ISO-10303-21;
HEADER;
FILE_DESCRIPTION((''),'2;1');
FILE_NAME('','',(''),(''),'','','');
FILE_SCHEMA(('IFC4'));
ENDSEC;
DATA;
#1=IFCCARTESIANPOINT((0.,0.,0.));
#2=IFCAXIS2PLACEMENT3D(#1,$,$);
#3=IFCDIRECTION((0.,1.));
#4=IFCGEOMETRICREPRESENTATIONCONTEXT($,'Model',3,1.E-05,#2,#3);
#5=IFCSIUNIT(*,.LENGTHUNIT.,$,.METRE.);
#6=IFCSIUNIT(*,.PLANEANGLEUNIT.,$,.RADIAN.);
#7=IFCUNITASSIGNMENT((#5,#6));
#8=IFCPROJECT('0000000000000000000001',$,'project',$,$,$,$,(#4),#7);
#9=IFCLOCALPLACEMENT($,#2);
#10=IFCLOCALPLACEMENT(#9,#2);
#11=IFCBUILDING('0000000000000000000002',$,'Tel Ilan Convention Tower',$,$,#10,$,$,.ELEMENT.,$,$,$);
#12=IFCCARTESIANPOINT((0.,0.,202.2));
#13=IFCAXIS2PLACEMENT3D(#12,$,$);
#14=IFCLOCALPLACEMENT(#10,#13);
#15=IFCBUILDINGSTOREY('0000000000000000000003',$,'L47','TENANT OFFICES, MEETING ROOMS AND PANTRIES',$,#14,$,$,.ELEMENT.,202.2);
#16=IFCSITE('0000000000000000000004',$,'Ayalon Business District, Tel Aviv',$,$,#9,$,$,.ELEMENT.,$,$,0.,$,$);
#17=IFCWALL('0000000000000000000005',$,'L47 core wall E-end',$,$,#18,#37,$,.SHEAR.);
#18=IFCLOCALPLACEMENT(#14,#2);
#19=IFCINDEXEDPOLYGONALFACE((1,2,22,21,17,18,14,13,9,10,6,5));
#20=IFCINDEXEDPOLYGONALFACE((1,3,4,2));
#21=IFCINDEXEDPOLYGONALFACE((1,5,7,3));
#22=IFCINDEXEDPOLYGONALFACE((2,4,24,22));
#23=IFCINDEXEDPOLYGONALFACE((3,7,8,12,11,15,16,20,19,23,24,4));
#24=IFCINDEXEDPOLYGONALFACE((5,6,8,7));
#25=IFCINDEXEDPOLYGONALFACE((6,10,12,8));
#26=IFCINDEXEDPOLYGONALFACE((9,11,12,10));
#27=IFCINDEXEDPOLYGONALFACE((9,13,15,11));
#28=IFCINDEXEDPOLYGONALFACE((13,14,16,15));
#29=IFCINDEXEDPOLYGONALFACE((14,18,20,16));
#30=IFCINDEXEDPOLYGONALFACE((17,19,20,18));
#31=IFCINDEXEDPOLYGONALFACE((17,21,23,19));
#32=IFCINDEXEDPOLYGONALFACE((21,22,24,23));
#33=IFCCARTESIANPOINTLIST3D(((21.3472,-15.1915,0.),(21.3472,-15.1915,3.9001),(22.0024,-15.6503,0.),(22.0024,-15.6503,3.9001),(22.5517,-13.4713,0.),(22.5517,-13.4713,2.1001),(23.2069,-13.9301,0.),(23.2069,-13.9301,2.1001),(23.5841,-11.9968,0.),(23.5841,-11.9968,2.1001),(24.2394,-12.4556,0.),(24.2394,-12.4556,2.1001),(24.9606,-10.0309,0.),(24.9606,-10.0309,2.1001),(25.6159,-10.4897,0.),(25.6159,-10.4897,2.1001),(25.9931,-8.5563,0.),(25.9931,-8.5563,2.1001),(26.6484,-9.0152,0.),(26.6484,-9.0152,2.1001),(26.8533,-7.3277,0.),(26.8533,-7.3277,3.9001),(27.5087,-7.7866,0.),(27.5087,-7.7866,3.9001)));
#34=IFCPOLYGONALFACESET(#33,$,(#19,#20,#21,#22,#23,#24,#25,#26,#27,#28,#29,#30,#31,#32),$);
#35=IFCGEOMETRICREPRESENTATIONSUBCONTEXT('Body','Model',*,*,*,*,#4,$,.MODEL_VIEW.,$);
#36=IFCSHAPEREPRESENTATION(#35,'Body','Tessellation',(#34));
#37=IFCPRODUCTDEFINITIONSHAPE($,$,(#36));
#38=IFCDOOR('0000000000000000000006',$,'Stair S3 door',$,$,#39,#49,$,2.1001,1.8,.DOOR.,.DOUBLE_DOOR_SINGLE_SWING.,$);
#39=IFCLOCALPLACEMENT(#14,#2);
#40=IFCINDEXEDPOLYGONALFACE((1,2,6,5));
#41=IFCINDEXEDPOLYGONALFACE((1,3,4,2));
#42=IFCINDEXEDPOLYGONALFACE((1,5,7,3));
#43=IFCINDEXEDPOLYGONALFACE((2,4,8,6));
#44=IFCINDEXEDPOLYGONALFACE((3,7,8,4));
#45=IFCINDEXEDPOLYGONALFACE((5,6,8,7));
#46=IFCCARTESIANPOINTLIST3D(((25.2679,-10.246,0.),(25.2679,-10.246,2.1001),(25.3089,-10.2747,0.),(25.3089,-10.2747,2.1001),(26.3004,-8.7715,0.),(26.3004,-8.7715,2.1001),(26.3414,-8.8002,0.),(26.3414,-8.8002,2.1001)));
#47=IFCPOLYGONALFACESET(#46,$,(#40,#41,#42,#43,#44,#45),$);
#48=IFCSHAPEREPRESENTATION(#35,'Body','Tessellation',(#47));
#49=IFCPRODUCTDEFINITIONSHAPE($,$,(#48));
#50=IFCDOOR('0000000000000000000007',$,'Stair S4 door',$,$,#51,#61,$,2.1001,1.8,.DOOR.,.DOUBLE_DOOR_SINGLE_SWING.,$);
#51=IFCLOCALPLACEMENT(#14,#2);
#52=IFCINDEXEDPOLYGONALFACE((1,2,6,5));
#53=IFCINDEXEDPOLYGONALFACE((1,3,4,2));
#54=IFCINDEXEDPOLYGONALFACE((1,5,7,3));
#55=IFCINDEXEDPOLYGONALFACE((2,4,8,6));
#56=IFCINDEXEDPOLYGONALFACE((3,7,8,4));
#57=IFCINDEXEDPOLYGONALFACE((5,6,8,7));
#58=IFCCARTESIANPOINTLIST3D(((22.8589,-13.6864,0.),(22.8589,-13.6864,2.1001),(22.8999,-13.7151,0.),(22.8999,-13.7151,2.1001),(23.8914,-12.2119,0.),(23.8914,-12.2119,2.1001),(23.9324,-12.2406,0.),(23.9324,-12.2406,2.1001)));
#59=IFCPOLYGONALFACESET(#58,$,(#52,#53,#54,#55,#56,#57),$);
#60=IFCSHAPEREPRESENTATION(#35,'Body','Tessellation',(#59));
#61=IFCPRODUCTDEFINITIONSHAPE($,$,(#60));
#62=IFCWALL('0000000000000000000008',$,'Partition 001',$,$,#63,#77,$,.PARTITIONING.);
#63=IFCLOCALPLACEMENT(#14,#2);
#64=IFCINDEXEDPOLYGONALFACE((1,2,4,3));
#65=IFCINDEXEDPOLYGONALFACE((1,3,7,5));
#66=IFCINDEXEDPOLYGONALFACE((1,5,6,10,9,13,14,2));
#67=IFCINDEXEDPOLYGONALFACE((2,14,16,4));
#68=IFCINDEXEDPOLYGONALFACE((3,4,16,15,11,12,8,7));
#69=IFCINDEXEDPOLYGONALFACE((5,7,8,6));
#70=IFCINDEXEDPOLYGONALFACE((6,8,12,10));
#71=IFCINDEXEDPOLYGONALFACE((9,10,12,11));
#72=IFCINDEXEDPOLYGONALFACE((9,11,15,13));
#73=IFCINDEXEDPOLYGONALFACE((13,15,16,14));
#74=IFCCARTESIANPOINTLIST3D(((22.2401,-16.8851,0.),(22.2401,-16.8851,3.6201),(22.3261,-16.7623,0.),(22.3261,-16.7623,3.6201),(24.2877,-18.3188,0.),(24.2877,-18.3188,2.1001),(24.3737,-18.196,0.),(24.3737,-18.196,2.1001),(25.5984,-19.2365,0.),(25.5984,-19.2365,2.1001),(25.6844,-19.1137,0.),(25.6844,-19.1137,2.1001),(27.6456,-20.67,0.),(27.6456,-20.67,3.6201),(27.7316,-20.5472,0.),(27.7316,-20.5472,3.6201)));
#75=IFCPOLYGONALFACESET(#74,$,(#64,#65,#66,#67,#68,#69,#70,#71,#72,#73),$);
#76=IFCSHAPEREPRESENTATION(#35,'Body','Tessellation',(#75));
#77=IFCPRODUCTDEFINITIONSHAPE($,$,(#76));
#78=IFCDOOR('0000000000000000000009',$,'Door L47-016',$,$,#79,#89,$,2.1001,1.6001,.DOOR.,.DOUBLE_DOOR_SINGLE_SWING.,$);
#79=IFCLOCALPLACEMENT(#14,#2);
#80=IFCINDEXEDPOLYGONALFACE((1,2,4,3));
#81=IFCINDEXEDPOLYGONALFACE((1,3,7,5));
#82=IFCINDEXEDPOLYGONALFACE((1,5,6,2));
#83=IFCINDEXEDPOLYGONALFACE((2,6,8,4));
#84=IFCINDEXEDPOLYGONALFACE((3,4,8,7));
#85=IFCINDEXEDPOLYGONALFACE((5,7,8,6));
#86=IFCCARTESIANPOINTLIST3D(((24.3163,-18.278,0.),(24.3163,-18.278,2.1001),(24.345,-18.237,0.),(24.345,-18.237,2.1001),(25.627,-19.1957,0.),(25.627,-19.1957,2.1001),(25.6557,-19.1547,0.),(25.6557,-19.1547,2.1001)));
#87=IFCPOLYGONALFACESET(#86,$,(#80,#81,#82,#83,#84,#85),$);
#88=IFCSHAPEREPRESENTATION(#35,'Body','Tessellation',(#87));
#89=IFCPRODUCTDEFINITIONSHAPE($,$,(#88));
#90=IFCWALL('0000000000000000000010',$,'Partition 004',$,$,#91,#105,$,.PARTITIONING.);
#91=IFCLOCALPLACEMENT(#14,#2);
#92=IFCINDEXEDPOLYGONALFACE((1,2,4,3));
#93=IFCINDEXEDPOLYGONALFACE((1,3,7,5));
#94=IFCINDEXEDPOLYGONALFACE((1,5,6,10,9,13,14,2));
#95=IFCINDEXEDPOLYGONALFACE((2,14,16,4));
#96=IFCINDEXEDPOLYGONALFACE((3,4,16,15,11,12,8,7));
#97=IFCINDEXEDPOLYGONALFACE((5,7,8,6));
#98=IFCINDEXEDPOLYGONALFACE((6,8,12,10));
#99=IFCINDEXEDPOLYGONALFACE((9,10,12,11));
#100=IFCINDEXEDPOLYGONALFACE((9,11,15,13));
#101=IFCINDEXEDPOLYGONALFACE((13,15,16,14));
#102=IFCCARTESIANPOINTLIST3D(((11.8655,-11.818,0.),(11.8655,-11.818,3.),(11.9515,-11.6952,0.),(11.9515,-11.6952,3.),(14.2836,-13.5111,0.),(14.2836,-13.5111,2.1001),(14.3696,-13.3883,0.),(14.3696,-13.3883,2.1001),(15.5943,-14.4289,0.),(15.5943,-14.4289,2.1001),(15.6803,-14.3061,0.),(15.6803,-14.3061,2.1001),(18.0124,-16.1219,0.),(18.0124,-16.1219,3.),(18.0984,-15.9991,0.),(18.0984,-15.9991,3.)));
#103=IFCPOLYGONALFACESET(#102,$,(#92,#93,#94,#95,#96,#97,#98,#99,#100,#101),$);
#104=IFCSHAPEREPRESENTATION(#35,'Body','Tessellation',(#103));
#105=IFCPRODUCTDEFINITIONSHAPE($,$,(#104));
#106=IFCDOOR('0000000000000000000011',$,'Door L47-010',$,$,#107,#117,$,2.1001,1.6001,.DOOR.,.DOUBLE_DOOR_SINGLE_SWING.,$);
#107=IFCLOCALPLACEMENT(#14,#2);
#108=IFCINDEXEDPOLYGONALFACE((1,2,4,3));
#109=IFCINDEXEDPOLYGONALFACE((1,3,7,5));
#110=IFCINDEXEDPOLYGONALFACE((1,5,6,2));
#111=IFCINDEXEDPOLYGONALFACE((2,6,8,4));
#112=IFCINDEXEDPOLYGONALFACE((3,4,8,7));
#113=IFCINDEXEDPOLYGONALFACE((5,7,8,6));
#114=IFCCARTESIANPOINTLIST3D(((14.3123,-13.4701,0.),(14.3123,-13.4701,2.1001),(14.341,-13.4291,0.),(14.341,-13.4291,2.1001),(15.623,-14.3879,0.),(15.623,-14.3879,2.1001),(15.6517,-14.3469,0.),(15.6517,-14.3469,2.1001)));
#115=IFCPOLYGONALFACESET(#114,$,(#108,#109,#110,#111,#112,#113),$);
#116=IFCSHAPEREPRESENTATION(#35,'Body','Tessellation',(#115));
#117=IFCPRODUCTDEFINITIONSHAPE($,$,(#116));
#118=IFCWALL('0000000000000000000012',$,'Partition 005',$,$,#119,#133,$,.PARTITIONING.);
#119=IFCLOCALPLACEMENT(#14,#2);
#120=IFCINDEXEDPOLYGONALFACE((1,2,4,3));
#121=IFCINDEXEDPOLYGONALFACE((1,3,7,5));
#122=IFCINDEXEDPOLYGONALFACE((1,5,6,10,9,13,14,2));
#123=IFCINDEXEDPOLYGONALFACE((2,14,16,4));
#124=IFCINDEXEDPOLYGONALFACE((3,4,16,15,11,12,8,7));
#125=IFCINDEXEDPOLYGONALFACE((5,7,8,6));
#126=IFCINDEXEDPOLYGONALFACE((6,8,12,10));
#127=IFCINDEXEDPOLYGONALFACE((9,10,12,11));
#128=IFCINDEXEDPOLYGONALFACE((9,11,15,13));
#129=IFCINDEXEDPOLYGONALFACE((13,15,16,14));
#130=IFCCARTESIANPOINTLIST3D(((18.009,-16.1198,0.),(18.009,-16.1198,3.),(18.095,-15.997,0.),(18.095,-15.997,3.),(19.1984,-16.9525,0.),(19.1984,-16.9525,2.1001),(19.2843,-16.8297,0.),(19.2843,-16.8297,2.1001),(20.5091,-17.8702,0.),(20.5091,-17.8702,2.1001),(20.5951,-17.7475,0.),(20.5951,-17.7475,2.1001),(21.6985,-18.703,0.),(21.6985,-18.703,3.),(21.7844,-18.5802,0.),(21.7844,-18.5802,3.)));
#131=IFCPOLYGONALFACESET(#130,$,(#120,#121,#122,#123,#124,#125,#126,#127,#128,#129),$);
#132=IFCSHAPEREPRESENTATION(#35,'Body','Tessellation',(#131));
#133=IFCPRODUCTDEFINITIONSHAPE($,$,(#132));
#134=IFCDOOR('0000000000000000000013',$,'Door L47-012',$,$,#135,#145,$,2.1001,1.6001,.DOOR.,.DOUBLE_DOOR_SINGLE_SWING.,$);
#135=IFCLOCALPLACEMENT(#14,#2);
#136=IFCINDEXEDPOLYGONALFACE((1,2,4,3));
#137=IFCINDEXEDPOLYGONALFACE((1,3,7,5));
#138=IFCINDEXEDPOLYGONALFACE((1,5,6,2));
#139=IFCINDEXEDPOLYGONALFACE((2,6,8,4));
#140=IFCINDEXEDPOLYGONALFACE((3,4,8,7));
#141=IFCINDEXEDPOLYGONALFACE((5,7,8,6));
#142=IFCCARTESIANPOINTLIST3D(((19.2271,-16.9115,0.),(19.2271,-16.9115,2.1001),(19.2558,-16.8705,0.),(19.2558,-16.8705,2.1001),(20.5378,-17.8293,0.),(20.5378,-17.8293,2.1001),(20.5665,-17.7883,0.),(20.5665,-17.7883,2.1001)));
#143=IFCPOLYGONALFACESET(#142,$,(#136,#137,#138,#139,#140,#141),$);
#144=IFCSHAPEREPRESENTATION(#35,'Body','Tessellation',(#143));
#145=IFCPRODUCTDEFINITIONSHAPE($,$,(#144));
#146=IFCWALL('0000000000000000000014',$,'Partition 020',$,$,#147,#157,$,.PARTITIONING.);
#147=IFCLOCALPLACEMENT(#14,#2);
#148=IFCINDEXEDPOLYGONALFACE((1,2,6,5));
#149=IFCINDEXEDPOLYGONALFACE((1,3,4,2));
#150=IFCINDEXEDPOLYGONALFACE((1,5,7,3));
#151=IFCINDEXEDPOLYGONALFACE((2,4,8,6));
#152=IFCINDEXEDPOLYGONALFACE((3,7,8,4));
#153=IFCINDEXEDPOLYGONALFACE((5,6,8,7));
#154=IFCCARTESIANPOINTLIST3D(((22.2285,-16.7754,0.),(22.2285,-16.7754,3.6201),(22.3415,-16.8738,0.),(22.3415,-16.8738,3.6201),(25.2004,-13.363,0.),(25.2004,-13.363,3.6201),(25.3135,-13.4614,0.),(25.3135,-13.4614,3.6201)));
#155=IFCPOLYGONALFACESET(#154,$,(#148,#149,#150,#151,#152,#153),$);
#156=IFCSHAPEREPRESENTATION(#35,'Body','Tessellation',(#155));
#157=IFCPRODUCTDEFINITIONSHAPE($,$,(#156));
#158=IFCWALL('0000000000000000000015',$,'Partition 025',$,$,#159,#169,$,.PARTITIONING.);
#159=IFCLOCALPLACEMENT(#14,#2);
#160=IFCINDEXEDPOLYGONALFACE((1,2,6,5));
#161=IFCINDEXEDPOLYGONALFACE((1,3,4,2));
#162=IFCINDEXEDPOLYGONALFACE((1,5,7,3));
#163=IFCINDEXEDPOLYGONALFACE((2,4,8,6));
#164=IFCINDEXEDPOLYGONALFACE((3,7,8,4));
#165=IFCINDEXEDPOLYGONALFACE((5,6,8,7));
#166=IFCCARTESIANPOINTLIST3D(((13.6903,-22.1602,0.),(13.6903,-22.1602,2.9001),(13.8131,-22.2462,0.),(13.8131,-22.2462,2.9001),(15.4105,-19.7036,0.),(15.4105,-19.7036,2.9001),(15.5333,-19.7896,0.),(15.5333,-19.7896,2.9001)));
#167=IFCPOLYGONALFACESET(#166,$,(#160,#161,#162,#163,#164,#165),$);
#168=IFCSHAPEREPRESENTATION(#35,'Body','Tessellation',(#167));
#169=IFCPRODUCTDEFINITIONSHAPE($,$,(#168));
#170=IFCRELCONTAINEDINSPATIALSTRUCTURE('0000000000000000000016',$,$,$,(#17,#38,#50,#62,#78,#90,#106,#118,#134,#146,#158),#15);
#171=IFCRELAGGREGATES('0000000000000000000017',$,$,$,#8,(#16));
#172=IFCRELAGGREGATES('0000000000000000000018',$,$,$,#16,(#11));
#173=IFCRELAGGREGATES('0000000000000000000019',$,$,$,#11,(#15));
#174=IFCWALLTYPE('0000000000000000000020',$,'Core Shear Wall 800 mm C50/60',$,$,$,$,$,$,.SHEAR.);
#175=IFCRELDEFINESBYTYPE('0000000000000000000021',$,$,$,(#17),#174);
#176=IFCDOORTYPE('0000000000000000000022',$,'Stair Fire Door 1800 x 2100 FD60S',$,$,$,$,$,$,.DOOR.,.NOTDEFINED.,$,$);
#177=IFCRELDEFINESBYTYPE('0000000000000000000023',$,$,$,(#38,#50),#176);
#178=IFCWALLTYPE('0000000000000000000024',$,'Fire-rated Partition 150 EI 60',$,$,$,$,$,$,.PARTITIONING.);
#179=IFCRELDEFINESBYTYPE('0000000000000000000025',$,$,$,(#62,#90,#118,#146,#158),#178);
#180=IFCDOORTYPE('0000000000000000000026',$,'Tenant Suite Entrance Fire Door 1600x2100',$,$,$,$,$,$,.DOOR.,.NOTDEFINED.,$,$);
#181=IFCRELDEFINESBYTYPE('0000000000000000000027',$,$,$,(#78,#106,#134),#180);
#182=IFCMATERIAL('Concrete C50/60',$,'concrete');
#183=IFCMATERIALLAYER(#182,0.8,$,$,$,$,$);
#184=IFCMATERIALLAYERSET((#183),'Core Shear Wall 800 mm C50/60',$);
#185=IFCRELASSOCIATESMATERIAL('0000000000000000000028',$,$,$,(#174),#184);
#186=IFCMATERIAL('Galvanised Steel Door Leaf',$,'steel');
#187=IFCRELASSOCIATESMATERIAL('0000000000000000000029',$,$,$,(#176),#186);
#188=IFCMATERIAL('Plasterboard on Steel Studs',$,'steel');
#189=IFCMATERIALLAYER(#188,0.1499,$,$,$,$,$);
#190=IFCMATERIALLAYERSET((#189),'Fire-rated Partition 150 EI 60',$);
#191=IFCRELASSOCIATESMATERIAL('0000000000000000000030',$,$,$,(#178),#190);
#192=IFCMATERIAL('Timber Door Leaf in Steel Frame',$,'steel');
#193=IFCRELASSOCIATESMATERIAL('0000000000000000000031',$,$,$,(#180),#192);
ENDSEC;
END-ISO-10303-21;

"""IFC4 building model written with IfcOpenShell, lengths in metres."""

from ifc_helpers import new_model, si_unit, direction, frame, frame_2d, origin, place, context, subcontext, project, spatial, polyline, rectangle, outline, extrude, material, layer, layer_set, type_object, element, fill, save


model = new_model("IFC4")

# Units and contexts
model_context = context("Model", 3, precision=1e-05, world=origin(), true_north=direction((0.0, 1.0)))
body_context = subcontext(model_context, "Body", "Model", "MODEL_VIEW")
ifc_project = project(units=[si_unit("LENGTHUNIT", "METRE"), si_unit("PLANEANGLEUNIT", "RADIAN")], contexts=[model_context])

# Site, building, storey
site_placement = place(None, origin())
site = spatial("IfcSite", under=ifc_project, at=site_placement, Name="Ayalon Business District, Tel Aviv", CompositionType="ELEMENT", RefElevation=0.0)
building_placement = place(site_placement, origin())
building = spatial("IfcBuilding", under=site, at=building_placement, Name="Tel Ilan Convention Tower", CompositionType="ELEMENT")
storey_placement = place(building_placement, frame((0.0, 0.0, 202.2)))
storey = spatial("IfcBuildingStorey", under=building, at=storey_placement, Name="L47", Description="TENANT OFFICES, MEETING ROOMS AND PANTRIES", CompositionType="ELEMENT", Elevation=202.2)

# Wall, openings, doors
ifc_material_1 = material(Name="Concrete C50/60", Category="concrete")
ifc_layer_1 = layer(ifc_material_1, 0.8)
ifc_layer_set_1 = layer_set([ifc_layer_1], Name="Core Shear Wall 800 mm C50/60")
wall_type_1 = type_object("IfcWallType", Name="Core Shear Wall 800 mm C50/60", PredefinedType="SHEAR", material=ifc_layer_set_1)
wall_1_placement = place(storey_placement, frame((21.6748, -15.4209, 0.0), z_axis=(0.0, 0.0, 1.0), x_axis=(0.573582, 0.819148, 0.0)))
wall_1 = element("IfcWall", 1, at=wall_1_placement, inside=storey, type_object=wall_type_1, Name="L47 core wall E-end", PredefinedType="SHEAR", context=body_context, shape_type="SweptSolid", body=[
    extrude(outline(polyline([(9.5999, 0.4001), (0.0, 0.3999), (0.0, -0.3999), (9.5999, -0.3999), (9.5999, 0.4001)])), origin(), (0.0, 0.0, 1.0), 3.9001),
])
opening_1_placement = place(wall_1_placement, frame((6.3, 0.0, 0.0)))
opening_1 = element("IfcOpeningElement", 2, at=opening_1_placement, cuts=wall_1, PredefinedType="OPENING", context=body_context, shape_type="SweptSolid", body=[
    extrude(rectangle(XDim=1.8, YDim=2.1001, at=frame_2d((0.8999, 1.05))), frame((0.0, 0.4099, 0.0), z_axis=(0.0, -1.0, 0.0), x_axis=(1.0, 0.0, 0.0)), (0.0, 0.0, 1.0), 0.8201),
])
opening_2_placement = place(wall_1_placement, frame((2.1001, 0.0, 0.0)))
opening_2 = element("IfcOpeningElement", 3, at=opening_2_placement, cuts=wall_1, PredefinedType="OPENING", context=body_context, shape_type="SweptSolid", body=[
    extrude(rectangle(XDim=1.8, YDim=2.1001, at=frame_2d((0.8999, 1.05))), frame((0.0, 0.4099, 0.0), z_axis=(0.0, -1.0, 0.0), x_axis=(1.0, 0.0, 0.0)), (0.0, 0.0, 1.0), 0.8201),
])
ifc_material_2 = material(Name="Galvanised Steel Door Leaf", Category="steel")
door_type_1 = type_object("IfcDoorType", Name="Stair Fire Door 1800 x 2100 FD60S", OperationType="NOTDEFINED", PredefinedType="DOOR", material=ifc_material_2)
door_1_placement = place(opening_1_placement, origin())
door_1 = element("IfcDoor", 4, at=door_1_placement, inside=storey, type_object=door_type_1, Name="Stair S3 door", OperationType="DOUBLE_DOOR_SINGLE_SWING", OverallHeight=2.1001, OverallWidth=1.8, PredefinedType="DOOR", context=body_context, shape_type="SweptSolid", body=[
    extrude(rectangle(XDim=1.8, YDim=2.1001, at=frame_2d((0.8999, 1.05))), frame((0.0, 0.0249, 0.0), z_axis=(0.0, -1.0, 0.0), x_axis=(1.0, 0.0, 0.0)), (0.0, 0.0, 1.0), 0.05),
])
fill(opening_1, door_1)
door_2_placement = place(opening_2_placement, origin())
door_2 = element("IfcDoor", 5, at=door_2_placement, inside=storey, type_object=door_type_1, Name="Stair S4 door", OperationType="DOUBLE_DOOR_SINGLE_SWING", OverallHeight=2.1001, OverallWidth=1.8, PredefinedType="DOOR", context=body_context, shape_type="SweptSolid", body=[
    extrude(rectangle(XDim=1.8, YDim=2.1001, at=frame_2d((0.8999, 1.05))), frame((0.0, 0.0249, 0.0), z_axis=(0.0, -1.0, 0.0), x_axis=(1.0, 0.0, 0.0)), (0.0, 0.0, 1.0), 0.05),
])
fill(opening_2, door_2)

# Walls, openings, doors
ifc_material_3 = material(Name="Plasterboard on Steel Studs", Category="steel")
ifc_layer_2 = layer(ifc_material_3, 0.1499)
ifc_layer_set_2 = layer_set([ifc_layer_2], Name="Fire-rated Partition 150 EI 60")
wall_type_2 = type_object("IfcWallType", Name="Fire-rated Partition 150 EI 60", PredefinedType="PARTITIONING", material=ifc_layer_set_2)
wall_2_placement = place(storey_placement, frame((22.2832, -16.8237, 0.0), z_axis=(0.0, 0.0, 1.0), x_axis=(0.819157, -0.573569, 0.0)))
wall_2 = element("IfcWall", 6, at=wall_2_placement, inside=storey, type_object=wall_type_2, Name="Partition 001", PredefinedType="PARTITIONING", context=body_context, shape_type="SweptSolid", body=[
    extrude(rectangle(XDim=6.5989, YDim=0.1499, at=frame_2d((3.2993, 0.0))), origin(), (0.0, 0.0, 1.0), 3.6201),
])
opening_3_placement = place(wall_2_placement, frame((2.4995, 0.0, 0.0)))
opening_3 = element("IfcOpeningElement", 7, at=opening_3_placement, cuts=wall_2, PredefinedType="OPENING", context=body_context, shape_type="SweptSolid", body=[
    extrude(rectangle(XDim=1.6001, YDim=2.1001, at=frame_2d((0.8, 1.05))), frame((0.0, 0.085, 0.0), z_axis=(0.0, -1.0, 0.0), x_axis=(1.0, 0.0, 0.0)), (0.0, 0.0, 1.0), 0.1699),
])
ifc_material_4 = material(Name="Timber Door Leaf in Steel Frame", Category="steel")
door_type_2 = type_object("IfcDoorType", Name="Tenant Suite Entrance Fire Door 1600x2100", OperationType="NOTDEFINED", PredefinedType="DOOR", material=ifc_material_4)
door_3_placement = place(opening_3_placement, origin())
door_3 = element("IfcDoor", 8, at=door_3_placement, inside=storey, type_object=door_type_2, Name="Door L47-016", OperationType="DOUBLE_DOOR_SINGLE_SWING", OverallHeight=2.1001, OverallWidth=1.6001, PredefinedType="DOOR", context=body_context, shape_type="SweptSolid", body=[
    extrude(rectangle(XDim=1.6001, YDim=2.1001, at=frame_2d((0.8, 1.05))), frame((0.0, 0.0249, 0.0), z_axis=(0.0, -1.0, 0.0), x_axis=(1.0, 0.0, 0.0)), (0.0, 0.0, 1.0), 0.05),
])
fill(opening_3, door_3)
wall_3_placement = place(storey_placement, frame((18.0554, -16.0605, 0.0), z_axis=(0.0, 0.0, 1.0), x_axis=(-0.819165, 0.573558, 0.0)))
wall_3 = element("IfcWall", 9, at=wall_3_placement, inside=storey, type_object=wall_type_2, Name="Partition 004", PredefinedType="PARTITIONING", context=body_context, shape_type="SweptSolid", body=[
    extrude(rectangle(XDim=7.5039, YDim=0.1499, at=frame_2d((3.752, 0.0))), origin(), (0.0, 0.0, 1.0), 3.0),
])
opening_4_placement = place(wall_3_placement, frame((2.9519, 0.0, 0.0)))
opening_4 = element("IfcOpeningElement", 10, at=opening_4_placement, cuts=wall_3, PredefinedType="OPENING", context=body_context, shape_type="SweptSolid", body=[
    extrude(rectangle(XDim=1.6001, YDim=2.1001, at=frame_2d((0.8, 1.05))), frame((0.0, 0.085, 0.0), z_axis=(0.0, -1.0, 0.0), x_axis=(1.0, 0.0, 0.0)), (0.0, 0.0, 1.0), 0.1699),
])
door_4_placement = place(opening_4_placement, origin())
door_4 = element("IfcDoor", 11, at=door_4_placement, inside=storey, type_object=door_type_2, Name="Door L47-010", OperationType="DOUBLE_DOOR_SINGLE_SWING", OverallHeight=2.1001, OverallWidth=1.6001, PredefinedType="DOOR", context=body_context, shape_type="SweptSolid", body=[
    extrude(rectangle(XDim=1.6001, YDim=2.1001, at=frame_2d((0.8, 1.05))), frame((0.0, 0.0249, 0.0), z_axis=(0.0, -1.0, 0.0), x_axis=(1.0, 0.0, 0.0)), (0.0, 0.0, 1.0), 0.05),
])
fill(opening_4, door_4)
wall_4_placement = place(storey_placement, frame((21.7415, -18.6416, 0.0), z_axis=(0.0, 0.0, 1.0), x_axis=(-0.819166, 0.573557, 0.0)))
wall_4 = element("IfcWall", 12, at=wall_4_placement, inside=storey, type_object=wall_type_2, Name="Partition 005", PredefinedType="PARTITIONING", context=body_context, shape_type="SweptSolid", body=[
    extrude(rectangle(XDim=4.5039, YDim=0.1499, at=frame_2d((2.252, 0.0))), origin(), (0.0, 0.0, 1.0), 3.0),
])
opening_5_placement = place(wall_4_placement, frame((1.4519, 0.0, 0.0)))
opening_5 = element("IfcOpeningElement", 13, at=opening_5_placement, cuts=wall_4, PredefinedType="OPENING", context=body_context, shape_type="SweptSolid", body=[
    extrude(rectangle(XDim=1.6001, YDim=2.1001, at=frame_2d((0.8, 1.05))), frame((0.0, 0.085, 0.0), z_axis=(0.0, -1.0, 0.0), x_axis=(1.0, 0.0, 0.0)), (0.0, 0.0, 1.0), 0.1699),
])
door_5_placement = place(opening_5_placement, origin())
door_5 = element("IfcDoor", 14, at=door_5_placement, inside=storey, type_object=door_type_2, Name="Door L47-012", OperationType="DOUBLE_DOOR_SINGLE_SWING", OverallHeight=2.1001, OverallWidth=1.6001, PredefinedType="DOOR", context=body_context, shape_type="SweptSolid", body=[
    extrude(rectangle(XDim=1.6001, YDim=2.1001, at=frame_2d((0.8, 1.05))), frame((0.0, 0.0249, 0.0), z_axis=(0.0, -1.0, 0.0), x_axis=(1.0, 0.0, 0.0)), (0.0, 0.0, 1.0), 0.05),
])
fill(opening_5, door_5)

# Walls
wall_5_placement = place(storey_placement, frame((22.2849, -16.8247, 0.0), z_axis=(0.0, 0.0, 1.0), x_axis=(0.656765, 0.754095, 0.0)))
element("IfcWall", 15, at=wall_5_placement, inside=storey, type_object=wall_type_2, Name="Partition 020", PredefinedType="PARTITIONING", context=body_context, shape_type="SweptSolid", body=[
    extrude(rectangle(XDim=4.5251, YDim=0.1499, at=frame_2d((2.2627, 0.0))), origin(), (0.0, 0.0, 1.0), 3.6201),
])
wall_6_placement = place(storey_placement, frame((15.4719, -19.7466, 0.0), z_axis=(0.0, 0.0, 1.0), x_axis=(-0.573604, -0.819132, 0.0)))
element("IfcWall", 16, at=wall_6_placement, inside=storey, type_object=wall_type_2, Name="Partition 025", PredefinedType="PARTITIONING", context=body_context, shape_type="SweptSolid", body=[
    extrude(rectangle(XDim=2.999, YDim=0.1499, at=frame_2d((1.4995, 0.0))), origin(), (0.0, 0.0, 1.0), 2.9001),
])

save(model, "model.ifc")
